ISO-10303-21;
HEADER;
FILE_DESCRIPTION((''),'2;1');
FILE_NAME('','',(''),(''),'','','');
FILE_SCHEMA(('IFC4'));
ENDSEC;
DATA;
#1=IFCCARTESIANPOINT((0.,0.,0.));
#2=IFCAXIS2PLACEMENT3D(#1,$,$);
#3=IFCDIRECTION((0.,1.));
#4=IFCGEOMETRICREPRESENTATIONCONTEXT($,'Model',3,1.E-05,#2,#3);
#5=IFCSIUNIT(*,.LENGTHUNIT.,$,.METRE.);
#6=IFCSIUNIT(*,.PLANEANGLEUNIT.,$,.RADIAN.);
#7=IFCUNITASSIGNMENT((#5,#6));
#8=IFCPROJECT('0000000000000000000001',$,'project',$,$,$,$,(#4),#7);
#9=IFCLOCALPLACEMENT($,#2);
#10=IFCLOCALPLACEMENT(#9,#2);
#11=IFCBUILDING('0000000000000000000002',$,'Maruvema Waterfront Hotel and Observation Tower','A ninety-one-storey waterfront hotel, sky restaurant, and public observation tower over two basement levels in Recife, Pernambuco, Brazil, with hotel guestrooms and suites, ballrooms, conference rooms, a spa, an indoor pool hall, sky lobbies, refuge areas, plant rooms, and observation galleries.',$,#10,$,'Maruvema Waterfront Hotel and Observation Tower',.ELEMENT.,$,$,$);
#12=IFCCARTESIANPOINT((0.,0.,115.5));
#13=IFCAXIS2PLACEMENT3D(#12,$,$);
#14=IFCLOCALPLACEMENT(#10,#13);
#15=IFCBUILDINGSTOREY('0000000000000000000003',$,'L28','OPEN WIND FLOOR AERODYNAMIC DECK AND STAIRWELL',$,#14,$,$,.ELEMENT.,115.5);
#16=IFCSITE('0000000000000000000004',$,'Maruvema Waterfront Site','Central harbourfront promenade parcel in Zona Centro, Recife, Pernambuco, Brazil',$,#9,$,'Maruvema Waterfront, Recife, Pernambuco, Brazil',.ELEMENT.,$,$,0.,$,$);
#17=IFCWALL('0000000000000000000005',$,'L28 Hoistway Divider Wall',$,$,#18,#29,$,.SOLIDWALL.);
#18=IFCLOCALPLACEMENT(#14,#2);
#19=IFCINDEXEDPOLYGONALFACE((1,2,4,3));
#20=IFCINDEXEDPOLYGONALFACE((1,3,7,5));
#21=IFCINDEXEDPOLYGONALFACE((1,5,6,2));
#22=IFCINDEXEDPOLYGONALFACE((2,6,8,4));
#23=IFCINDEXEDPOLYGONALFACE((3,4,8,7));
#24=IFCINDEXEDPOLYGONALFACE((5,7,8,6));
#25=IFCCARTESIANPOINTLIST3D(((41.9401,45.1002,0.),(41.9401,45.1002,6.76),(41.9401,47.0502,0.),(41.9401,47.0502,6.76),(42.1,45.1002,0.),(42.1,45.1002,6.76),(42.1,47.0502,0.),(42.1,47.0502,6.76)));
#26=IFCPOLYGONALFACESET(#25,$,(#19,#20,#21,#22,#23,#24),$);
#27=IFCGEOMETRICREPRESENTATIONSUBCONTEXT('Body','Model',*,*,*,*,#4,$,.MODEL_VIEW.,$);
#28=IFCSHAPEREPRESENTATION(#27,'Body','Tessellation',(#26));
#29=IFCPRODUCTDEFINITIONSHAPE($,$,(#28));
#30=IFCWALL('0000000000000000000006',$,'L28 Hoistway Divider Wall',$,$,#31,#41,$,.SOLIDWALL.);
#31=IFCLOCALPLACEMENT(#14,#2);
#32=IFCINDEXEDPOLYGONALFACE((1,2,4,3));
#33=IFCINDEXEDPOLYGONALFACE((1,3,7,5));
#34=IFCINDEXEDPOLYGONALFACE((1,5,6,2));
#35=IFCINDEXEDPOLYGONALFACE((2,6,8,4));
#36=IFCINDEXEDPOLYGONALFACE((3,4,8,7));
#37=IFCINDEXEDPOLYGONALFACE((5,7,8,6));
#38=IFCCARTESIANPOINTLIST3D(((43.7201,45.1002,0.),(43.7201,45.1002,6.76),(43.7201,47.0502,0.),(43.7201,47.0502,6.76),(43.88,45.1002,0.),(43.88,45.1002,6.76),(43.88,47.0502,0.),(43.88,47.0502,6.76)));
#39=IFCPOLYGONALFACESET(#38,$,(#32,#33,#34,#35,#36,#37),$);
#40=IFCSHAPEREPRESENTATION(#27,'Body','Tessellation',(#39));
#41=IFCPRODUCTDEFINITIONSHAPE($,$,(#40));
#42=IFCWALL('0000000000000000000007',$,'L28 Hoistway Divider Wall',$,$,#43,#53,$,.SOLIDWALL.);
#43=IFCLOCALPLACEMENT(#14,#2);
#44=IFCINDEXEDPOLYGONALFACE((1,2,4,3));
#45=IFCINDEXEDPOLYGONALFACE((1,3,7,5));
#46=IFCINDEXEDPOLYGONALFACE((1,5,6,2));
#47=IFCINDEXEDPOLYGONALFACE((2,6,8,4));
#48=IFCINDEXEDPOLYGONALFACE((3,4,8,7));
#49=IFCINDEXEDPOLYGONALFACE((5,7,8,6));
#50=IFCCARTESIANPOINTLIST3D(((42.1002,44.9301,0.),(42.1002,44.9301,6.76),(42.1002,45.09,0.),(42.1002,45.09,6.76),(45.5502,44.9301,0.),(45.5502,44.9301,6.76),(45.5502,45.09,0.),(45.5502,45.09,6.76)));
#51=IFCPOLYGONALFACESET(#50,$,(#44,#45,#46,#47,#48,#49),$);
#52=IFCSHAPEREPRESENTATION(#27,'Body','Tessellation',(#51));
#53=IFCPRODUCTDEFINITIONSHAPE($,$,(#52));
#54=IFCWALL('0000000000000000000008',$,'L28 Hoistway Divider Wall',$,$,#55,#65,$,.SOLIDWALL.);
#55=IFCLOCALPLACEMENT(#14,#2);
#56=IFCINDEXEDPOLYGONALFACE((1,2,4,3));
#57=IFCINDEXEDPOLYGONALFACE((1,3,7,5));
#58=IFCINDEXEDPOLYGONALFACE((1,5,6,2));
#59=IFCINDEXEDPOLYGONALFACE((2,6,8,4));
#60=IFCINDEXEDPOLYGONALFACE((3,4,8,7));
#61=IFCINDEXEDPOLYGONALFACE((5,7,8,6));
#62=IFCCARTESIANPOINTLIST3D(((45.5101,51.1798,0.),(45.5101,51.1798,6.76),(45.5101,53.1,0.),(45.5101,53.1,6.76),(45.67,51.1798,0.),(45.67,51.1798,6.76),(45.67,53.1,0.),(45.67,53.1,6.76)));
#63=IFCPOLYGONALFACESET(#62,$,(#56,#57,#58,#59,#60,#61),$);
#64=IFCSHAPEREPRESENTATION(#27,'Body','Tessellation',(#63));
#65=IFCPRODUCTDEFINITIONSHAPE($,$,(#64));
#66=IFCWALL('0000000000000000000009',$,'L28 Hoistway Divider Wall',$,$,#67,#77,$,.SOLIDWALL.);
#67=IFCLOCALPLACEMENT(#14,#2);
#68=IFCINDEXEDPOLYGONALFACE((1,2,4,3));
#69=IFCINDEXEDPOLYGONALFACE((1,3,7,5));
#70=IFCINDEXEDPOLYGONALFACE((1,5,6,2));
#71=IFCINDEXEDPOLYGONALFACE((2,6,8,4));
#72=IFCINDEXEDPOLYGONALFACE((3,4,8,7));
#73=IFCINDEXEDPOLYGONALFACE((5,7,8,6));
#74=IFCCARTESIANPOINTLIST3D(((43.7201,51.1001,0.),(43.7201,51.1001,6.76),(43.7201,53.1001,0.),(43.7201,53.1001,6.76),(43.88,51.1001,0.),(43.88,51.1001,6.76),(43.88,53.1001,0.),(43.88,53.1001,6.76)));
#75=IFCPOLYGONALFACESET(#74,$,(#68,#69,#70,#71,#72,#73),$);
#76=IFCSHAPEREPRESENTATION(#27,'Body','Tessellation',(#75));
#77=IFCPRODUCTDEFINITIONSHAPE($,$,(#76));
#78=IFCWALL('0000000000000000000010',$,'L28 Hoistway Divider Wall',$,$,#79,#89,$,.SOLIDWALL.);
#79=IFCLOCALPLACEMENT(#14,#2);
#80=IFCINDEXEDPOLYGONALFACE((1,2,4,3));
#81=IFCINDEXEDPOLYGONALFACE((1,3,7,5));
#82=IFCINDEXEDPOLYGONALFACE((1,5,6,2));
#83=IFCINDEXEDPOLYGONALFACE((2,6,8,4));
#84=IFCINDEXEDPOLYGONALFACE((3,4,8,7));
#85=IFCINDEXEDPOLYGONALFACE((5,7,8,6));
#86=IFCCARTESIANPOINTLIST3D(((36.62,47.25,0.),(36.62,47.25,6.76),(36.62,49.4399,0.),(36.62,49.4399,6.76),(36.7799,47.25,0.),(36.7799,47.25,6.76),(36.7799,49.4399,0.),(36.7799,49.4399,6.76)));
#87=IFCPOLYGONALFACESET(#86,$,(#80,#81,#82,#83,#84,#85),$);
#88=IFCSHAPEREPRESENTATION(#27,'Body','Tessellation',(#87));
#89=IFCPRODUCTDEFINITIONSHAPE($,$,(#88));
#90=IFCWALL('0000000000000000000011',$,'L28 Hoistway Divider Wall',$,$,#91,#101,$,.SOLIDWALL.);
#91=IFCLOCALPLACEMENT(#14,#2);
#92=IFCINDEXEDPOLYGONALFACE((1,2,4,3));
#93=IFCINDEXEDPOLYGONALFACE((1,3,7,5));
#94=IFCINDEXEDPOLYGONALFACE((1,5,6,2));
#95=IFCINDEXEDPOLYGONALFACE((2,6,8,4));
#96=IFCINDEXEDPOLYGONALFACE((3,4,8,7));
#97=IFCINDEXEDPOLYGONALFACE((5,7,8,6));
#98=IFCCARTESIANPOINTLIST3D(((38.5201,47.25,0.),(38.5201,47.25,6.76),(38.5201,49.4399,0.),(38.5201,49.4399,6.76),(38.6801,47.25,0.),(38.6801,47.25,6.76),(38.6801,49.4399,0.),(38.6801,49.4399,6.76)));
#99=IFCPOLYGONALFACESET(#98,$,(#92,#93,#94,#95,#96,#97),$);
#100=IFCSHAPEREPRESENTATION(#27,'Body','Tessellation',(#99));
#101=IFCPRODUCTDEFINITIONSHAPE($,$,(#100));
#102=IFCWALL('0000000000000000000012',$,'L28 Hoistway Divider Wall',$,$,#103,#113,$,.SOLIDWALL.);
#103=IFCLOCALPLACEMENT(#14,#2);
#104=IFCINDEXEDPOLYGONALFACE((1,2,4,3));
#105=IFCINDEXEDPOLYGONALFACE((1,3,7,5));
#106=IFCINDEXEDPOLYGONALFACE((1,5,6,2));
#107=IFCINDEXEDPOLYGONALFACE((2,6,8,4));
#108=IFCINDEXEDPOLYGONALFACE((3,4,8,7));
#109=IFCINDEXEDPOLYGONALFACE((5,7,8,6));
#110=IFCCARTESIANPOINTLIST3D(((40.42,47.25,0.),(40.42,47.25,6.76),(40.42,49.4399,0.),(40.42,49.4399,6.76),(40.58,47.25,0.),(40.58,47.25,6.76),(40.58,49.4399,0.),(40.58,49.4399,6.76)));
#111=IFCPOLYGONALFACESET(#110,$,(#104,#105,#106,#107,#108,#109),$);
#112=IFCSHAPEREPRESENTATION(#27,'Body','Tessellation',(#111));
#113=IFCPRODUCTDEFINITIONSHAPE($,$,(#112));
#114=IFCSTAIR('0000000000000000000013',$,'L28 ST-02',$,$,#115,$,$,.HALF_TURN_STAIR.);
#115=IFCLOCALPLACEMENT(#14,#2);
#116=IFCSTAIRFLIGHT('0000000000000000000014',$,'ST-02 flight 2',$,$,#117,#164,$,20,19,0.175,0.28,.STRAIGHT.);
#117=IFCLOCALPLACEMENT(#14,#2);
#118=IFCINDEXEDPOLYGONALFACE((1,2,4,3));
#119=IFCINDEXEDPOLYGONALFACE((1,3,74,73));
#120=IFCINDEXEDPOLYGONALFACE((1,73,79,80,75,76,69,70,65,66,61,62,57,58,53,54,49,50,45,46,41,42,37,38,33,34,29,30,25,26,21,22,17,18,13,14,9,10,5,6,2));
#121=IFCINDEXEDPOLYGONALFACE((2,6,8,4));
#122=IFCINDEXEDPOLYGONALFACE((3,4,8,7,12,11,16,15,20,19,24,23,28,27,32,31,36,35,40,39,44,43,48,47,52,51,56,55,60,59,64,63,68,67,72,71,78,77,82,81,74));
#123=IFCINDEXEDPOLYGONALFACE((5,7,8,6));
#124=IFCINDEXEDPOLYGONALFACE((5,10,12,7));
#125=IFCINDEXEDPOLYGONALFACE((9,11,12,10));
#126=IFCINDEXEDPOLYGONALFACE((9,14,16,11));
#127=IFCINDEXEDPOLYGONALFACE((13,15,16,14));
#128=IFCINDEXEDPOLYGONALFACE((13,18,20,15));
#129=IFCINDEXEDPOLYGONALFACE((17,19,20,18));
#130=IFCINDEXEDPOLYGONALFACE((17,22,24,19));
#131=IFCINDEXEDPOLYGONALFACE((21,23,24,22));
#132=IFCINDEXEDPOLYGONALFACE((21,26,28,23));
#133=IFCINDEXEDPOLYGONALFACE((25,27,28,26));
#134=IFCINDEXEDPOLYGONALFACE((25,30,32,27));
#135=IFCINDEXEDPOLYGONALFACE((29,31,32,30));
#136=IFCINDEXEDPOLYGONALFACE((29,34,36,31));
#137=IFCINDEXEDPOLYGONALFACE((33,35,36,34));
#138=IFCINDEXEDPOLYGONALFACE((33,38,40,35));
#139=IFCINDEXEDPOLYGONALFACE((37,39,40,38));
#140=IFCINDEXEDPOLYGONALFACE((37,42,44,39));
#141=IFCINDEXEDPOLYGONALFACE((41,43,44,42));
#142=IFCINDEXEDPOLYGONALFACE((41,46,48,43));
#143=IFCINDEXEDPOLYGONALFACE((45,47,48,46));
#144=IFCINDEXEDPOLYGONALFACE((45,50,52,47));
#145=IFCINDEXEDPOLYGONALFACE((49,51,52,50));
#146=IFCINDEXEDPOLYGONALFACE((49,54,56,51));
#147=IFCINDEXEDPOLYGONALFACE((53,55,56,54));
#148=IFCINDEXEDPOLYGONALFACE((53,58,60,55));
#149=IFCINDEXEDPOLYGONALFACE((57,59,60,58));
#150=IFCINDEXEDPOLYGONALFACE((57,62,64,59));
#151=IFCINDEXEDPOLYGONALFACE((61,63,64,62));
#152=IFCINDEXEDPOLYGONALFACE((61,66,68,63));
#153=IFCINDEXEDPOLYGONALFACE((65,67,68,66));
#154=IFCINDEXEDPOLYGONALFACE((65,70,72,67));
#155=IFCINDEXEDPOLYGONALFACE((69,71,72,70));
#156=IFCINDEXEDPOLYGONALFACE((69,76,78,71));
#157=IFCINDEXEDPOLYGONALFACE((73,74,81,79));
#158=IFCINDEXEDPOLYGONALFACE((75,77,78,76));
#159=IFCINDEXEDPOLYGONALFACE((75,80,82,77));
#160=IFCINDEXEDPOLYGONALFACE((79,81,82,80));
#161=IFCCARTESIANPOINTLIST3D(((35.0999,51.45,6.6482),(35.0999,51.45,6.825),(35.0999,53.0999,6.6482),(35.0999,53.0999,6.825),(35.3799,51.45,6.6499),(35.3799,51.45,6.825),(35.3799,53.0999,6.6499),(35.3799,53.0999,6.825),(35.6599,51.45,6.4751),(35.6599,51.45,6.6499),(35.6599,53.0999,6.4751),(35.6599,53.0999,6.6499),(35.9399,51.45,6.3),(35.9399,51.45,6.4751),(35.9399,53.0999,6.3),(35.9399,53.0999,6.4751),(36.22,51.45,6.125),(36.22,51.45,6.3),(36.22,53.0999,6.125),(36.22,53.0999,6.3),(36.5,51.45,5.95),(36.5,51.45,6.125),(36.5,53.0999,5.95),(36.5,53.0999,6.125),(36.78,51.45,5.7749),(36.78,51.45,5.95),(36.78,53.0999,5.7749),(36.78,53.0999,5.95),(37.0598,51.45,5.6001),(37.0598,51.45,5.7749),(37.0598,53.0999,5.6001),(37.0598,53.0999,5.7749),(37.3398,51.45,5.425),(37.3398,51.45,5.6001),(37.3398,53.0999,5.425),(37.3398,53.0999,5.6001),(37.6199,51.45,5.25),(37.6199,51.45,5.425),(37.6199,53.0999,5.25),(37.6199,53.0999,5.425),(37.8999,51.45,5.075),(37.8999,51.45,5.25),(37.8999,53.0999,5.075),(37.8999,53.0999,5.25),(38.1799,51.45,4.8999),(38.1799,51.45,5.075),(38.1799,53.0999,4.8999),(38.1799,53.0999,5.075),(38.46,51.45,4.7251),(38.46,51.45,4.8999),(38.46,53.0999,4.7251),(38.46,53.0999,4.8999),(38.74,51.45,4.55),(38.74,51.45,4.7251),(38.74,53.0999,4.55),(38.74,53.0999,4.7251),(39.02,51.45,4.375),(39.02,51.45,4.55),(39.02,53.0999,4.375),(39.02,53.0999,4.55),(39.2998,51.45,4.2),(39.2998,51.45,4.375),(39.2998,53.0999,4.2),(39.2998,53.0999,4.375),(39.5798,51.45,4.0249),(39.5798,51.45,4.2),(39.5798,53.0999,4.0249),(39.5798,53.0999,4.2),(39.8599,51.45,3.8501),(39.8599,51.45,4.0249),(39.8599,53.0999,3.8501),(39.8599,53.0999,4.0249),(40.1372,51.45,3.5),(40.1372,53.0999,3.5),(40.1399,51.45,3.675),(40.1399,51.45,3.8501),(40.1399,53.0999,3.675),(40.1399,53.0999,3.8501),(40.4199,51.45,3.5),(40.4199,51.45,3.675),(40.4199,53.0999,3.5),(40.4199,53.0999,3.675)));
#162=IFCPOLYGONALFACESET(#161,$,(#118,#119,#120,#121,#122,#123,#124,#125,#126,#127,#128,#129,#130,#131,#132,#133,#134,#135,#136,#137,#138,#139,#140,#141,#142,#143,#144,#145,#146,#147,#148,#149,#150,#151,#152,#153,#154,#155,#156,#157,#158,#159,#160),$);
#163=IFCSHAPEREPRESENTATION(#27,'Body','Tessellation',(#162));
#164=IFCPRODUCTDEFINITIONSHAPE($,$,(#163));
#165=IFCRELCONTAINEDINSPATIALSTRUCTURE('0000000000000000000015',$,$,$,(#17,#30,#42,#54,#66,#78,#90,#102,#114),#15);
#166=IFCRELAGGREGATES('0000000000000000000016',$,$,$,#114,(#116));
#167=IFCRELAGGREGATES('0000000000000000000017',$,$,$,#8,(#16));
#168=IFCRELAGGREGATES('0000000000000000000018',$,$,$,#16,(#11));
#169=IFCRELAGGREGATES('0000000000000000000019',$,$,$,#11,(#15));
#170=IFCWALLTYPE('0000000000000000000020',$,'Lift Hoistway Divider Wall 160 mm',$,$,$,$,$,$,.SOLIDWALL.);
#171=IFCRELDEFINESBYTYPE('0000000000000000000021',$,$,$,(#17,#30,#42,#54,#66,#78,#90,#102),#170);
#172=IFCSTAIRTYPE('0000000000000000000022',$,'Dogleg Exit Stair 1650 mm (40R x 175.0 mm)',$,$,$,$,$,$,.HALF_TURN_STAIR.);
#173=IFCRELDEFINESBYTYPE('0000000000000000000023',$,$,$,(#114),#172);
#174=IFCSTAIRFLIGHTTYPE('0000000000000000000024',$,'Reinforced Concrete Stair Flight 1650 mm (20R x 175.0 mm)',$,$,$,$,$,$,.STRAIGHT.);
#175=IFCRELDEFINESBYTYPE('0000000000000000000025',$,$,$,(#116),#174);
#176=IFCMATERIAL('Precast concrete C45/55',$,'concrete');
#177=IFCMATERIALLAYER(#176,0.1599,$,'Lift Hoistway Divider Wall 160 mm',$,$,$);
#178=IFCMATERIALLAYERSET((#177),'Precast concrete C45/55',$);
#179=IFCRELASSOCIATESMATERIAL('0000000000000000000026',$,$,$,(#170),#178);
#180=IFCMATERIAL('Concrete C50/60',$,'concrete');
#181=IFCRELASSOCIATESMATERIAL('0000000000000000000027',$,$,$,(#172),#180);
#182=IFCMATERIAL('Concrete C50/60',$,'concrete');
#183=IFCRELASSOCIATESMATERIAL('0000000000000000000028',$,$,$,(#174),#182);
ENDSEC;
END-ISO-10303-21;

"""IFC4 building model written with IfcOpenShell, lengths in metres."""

from ifc_helpers import new_model, si_unit, direction, frame, frame_2d, origin, place, context, subcontext, project, spatial, polyline, rectangle, outline, extrude, material, layer, layer_set, type_object, element, aggregate, save


model = new_model("IFC4")

# Units and contexts
model_context = context("Model", 3, precision=1e-05, world=origin(), true_north=direction((0.0, 1.0)))
body_context = subcontext(model_context, "Body", "Model", "MODEL_VIEW")
ifc_project = project(units=[si_unit("LENGTHUNIT", "METRE"), si_unit("PLANEANGLEUNIT", "RADIAN")], contexts=[model_context])

# Site, building, storey
site_placement = place(None, origin())
site = spatial("IfcSite", under=ifc_project, at=site_placement, Name="Maruvema Waterfront Site", Description="Central harbourfront promenade parcel in Zona Centro, Recife, Pernambuco, Brazil", LongName="Maruvema Waterfront, Recife, Pernambuco, Brazil", CompositionType="ELEMENT", RefElevation=0.0)
building_placement = place(site_placement, origin())
building = spatial("IfcBuilding", under=site, at=building_placement, Name="Maruvema Waterfront Hotel and Observation Tower", Description="A ninety-one-storey waterfront hotel, sky restaurant, and public observation tower over two basement levels in Recife, Pernambuco, Brazil, with hotel guestrooms and suites, ballrooms, conference rooms, a spa, an indoor pool hall, sky lobbies, refuge areas, plant rooms, and observation galleries.", LongName="Maruvema Waterfront Hotel and Observation Tower", CompositionType="ELEMENT")
storey_placement = place(building_placement, frame((0.0, 0.0, 115.5)))
storey = spatial("IfcBuildingStorey", under=building, at=storey_placement, Name="L28", Description="OPEN WIND FLOOR AERODYNAMIC DECK AND STAIRWELL", CompositionType="ELEMENT", Elevation=115.5)

# Walls
ifc_material_1 = material(Name="Precast concrete C45/55", Category="concrete")
ifc_layer_1 = layer(ifc_material_1, 0.1599, Name="Lift Hoistway Divider Wall 160 mm")
ifc_layer_set_1 = layer_set([ifc_layer_1], Name="Precast concrete C45/55")
wall_type_1 = type_object("IfcWallType", Name="Lift Hoistway Divider Wall 160 mm", PredefinedType="SOLIDWALL", material=ifc_layer_set_1)
for number, where, z_axis, x_axis, name in (
    (1, (42.02, 45.1001, 0.0), (0.0, 0.0, 1.0), (0.0, 1.0, 0.0), "L28 Hoistway Divider Wall"),
    (2, (43.8, 45.1001, 0.0), (0.0, 0.0, 1.0), (0.0, 1.0, 0.0), "L28 Hoistway Divider Wall"),
):
    element("IfcWall", number, at=place(storey_placement, frame(where, z_axis=z_axis, x_axis=x_axis)), inside=storey, type_object=wall_type_1, Name=name, PredefinedType="SOLIDWALL", context=body_context, shape_type="SweptSolid", body=[
        extrude(rectangle(XDim=1.95, YDim=0.1599, at=frame_2d((0.9751, 0.0))), origin(), (0.0, 0.0, 1.0), 6.76),
    ])
wall_1_placement = place(storey_placement, frame((42.1001, 45.01, 0.0), z_axis=(0.0, 0.0, 1.0), x_axis=(1.0, 0.0, 0.0)))
element("IfcWall", 3, at=wall_1_placement, inside=storey, type_object=wall_type_1, Name="L28 Hoistway Divider Wall", PredefinedType="SOLIDWALL", context=body_context, shape_type="SweptSolid", body=[
    extrude(rectangle(XDim=3.45, YDim=0.1599, at=frame_2d((1.7251, 0.0))), origin(), (0.0, 0.0, 1.0), 6.76),
])
wall_2_placement = place(storey_placement, frame((45.5901, 51.1799, 0.0), z_axis=(0.0, 0.0, 1.0), x_axis=(0.0, 1.0, 0.0)))
element("IfcWall", 4, at=wall_2_placement, inside=storey, type_object=wall_type_1, Name="L28 Hoistway Divider Wall", PredefinedType="SOLIDWALL", context=body_context, shape_type="SweptSolid", body=[
    extrude(rectangle(XDim=1.9202, YDim=0.1599, at=frame_2d((0.96, 0.0))), origin(), (0.0, 0.0, 1.0), 6.76),
])
wall_3_placement = place(storey_placement, frame((43.8, 51.1001, 0.0), z_axis=(0.0, 0.0, 1.0), x_axis=(0.0, 1.0, 0.0)))
element("IfcWall", 5, at=wall_3_placement, inside=storey, type_object=wall_type_1, Name="L28 Hoistway Divider Wall", PredefinedType="SOLIDWALL", context=body_context, shape_type="SweptSolid", body=[
    extrude(rectangle(XDim=2.0, YDim=0.1599, at=frame_2d((1.0, 0.0))), origin(), (0.0, 0.0, 1.0), 6.76),
])
for number, where, z_axis, x_axis, name in (
    (6, (36.7, 47.25, 0.0), (0.0, 0.0, 1.0), (0.0, 1.0, 0.0), "L28 Hoistway Divider Wall"),
    (7, (38.6001, 47.25, 0.0), (0.0, 0.0, 1.0), (0.0, 1.0, 0.0), "L28 Hoistway Divider Wall"),
    (8, (40.5, 47.25, 0.0), (0.0, 0.0, 1.0), (0.0, 1.0, 0.0), "L28 Hoistway Divider Wall"),
):
    element("IfcWall", number, at=place(storey_placement, frame(where, z_axis=z_axis, x_axis=x_axis)), inside=storey, type_object=wall_type_1, Name=name, PredefinedType="SOLIDWALL", context=body_context, shape_type="SweptSolid", body=[
        extrude(rectangle(XDim=2.1899, YDim=0.1599, at=frame_2d((1.095, 0.0))), origin(), (0.0, 0.0, 1.0), 6.76),
    ])

# Stair, stair flight
ifc_material_2 = material(Name="Concrete C50/60", Category="concrete")
stair_type = type_object("IfcStairType", Name="Dogleg Exit Stair 1650 mm (40R x 175.0 mm)", PredefinedType="HALF_TURN_STAIR", material=ifc_material_2)
stair_1_placement = place(storey_placement, origin())
stair_1 = element("IfcStair", 9, at=stair_1_placement, inside=storey, type_object=stair_type, Name="L28 ST-02", PredefinedType="HALF_TURN_STAIR")
ifc_material_3 = material(Name="Concrete C50/60", Category="concrete")
stair_flight_type = type_object("IfcStairFlightType", Name="Reinforced Concrete Stair Flight 1650 mm (20R x 175.0 mm)", PredefinedType="STRAIGHT", material=ifc_material_3)
stair_flight_1_placement = place(storey_placement, frame((40.4199, 52.2749, 3.5), z_axis=(0.0, 0.0, 1.0), x_axis=(-1.0, 0.0, 0.0)))
stair_flight_1 = element("IfcStairFlight", 10, at=stair_flight_1_placement, type_object=stair_flight_type, Name="ST-02 flight 2", NumberOfRisers=20, NumberOfTreads=19, PredefinedType="STRAIGHT", RiserHeight=0.175, TreadLength=0.28, context=body_context, shape_type="SweptSolid", body=[
    extrude(outline(polyline([(0.0, 0.0), (0.0, 0.175), (0.28, 0.175), (0.28, 0.3501), (0.5601, 0.3501), (0.5601, 0.5249), (0.8401, 0.5249), (0.8401, 0.7), (1.1201, 0.7), (1.1201, 0.875), (1.3999, 0.875), (1.3999, 1.05), (1.6799, 1.05), (1.6799, 1.2251), (1.96, 1.2251), (1.96, 1.3999), (2.24, 1.3999), (2.24, 1.575), (2.52, 1.575), (2.52, 1.75), (2.8, 1.75), (2.8, 1.925), (3.0801, 1.925), (3.0801, 2.1001), (3.3601, 2.1001), (3.3601, 2.2749), (3.6399, 2.2749), (3.6399, 2.45), (3.9199, 2.45), (3.9199, 2.625), (4.2, 2.625), (4.2, 2.8), (4.48, 2.8), (4.48, 2.9751), (4.76, 2.9751), (4.76, 3.1499), (5.04, 3.1499), (5.04, 3.325), (5.3201, 3.325), (5.3201, 3.5), (5.3201, 3.1482), (0.2827, 0.0), (0.0, 0.0)])), frame((0.0, 0.825, 0.0), z_axis=(0.0, -1.0, 0.0), x_axis=(1.0, 0.0, 0.0)), (0.0, 0.0, 1.0), 1.6499),
])
aggregate(stair_1, [stair_flight_1])

save(model, "model.ifc")
